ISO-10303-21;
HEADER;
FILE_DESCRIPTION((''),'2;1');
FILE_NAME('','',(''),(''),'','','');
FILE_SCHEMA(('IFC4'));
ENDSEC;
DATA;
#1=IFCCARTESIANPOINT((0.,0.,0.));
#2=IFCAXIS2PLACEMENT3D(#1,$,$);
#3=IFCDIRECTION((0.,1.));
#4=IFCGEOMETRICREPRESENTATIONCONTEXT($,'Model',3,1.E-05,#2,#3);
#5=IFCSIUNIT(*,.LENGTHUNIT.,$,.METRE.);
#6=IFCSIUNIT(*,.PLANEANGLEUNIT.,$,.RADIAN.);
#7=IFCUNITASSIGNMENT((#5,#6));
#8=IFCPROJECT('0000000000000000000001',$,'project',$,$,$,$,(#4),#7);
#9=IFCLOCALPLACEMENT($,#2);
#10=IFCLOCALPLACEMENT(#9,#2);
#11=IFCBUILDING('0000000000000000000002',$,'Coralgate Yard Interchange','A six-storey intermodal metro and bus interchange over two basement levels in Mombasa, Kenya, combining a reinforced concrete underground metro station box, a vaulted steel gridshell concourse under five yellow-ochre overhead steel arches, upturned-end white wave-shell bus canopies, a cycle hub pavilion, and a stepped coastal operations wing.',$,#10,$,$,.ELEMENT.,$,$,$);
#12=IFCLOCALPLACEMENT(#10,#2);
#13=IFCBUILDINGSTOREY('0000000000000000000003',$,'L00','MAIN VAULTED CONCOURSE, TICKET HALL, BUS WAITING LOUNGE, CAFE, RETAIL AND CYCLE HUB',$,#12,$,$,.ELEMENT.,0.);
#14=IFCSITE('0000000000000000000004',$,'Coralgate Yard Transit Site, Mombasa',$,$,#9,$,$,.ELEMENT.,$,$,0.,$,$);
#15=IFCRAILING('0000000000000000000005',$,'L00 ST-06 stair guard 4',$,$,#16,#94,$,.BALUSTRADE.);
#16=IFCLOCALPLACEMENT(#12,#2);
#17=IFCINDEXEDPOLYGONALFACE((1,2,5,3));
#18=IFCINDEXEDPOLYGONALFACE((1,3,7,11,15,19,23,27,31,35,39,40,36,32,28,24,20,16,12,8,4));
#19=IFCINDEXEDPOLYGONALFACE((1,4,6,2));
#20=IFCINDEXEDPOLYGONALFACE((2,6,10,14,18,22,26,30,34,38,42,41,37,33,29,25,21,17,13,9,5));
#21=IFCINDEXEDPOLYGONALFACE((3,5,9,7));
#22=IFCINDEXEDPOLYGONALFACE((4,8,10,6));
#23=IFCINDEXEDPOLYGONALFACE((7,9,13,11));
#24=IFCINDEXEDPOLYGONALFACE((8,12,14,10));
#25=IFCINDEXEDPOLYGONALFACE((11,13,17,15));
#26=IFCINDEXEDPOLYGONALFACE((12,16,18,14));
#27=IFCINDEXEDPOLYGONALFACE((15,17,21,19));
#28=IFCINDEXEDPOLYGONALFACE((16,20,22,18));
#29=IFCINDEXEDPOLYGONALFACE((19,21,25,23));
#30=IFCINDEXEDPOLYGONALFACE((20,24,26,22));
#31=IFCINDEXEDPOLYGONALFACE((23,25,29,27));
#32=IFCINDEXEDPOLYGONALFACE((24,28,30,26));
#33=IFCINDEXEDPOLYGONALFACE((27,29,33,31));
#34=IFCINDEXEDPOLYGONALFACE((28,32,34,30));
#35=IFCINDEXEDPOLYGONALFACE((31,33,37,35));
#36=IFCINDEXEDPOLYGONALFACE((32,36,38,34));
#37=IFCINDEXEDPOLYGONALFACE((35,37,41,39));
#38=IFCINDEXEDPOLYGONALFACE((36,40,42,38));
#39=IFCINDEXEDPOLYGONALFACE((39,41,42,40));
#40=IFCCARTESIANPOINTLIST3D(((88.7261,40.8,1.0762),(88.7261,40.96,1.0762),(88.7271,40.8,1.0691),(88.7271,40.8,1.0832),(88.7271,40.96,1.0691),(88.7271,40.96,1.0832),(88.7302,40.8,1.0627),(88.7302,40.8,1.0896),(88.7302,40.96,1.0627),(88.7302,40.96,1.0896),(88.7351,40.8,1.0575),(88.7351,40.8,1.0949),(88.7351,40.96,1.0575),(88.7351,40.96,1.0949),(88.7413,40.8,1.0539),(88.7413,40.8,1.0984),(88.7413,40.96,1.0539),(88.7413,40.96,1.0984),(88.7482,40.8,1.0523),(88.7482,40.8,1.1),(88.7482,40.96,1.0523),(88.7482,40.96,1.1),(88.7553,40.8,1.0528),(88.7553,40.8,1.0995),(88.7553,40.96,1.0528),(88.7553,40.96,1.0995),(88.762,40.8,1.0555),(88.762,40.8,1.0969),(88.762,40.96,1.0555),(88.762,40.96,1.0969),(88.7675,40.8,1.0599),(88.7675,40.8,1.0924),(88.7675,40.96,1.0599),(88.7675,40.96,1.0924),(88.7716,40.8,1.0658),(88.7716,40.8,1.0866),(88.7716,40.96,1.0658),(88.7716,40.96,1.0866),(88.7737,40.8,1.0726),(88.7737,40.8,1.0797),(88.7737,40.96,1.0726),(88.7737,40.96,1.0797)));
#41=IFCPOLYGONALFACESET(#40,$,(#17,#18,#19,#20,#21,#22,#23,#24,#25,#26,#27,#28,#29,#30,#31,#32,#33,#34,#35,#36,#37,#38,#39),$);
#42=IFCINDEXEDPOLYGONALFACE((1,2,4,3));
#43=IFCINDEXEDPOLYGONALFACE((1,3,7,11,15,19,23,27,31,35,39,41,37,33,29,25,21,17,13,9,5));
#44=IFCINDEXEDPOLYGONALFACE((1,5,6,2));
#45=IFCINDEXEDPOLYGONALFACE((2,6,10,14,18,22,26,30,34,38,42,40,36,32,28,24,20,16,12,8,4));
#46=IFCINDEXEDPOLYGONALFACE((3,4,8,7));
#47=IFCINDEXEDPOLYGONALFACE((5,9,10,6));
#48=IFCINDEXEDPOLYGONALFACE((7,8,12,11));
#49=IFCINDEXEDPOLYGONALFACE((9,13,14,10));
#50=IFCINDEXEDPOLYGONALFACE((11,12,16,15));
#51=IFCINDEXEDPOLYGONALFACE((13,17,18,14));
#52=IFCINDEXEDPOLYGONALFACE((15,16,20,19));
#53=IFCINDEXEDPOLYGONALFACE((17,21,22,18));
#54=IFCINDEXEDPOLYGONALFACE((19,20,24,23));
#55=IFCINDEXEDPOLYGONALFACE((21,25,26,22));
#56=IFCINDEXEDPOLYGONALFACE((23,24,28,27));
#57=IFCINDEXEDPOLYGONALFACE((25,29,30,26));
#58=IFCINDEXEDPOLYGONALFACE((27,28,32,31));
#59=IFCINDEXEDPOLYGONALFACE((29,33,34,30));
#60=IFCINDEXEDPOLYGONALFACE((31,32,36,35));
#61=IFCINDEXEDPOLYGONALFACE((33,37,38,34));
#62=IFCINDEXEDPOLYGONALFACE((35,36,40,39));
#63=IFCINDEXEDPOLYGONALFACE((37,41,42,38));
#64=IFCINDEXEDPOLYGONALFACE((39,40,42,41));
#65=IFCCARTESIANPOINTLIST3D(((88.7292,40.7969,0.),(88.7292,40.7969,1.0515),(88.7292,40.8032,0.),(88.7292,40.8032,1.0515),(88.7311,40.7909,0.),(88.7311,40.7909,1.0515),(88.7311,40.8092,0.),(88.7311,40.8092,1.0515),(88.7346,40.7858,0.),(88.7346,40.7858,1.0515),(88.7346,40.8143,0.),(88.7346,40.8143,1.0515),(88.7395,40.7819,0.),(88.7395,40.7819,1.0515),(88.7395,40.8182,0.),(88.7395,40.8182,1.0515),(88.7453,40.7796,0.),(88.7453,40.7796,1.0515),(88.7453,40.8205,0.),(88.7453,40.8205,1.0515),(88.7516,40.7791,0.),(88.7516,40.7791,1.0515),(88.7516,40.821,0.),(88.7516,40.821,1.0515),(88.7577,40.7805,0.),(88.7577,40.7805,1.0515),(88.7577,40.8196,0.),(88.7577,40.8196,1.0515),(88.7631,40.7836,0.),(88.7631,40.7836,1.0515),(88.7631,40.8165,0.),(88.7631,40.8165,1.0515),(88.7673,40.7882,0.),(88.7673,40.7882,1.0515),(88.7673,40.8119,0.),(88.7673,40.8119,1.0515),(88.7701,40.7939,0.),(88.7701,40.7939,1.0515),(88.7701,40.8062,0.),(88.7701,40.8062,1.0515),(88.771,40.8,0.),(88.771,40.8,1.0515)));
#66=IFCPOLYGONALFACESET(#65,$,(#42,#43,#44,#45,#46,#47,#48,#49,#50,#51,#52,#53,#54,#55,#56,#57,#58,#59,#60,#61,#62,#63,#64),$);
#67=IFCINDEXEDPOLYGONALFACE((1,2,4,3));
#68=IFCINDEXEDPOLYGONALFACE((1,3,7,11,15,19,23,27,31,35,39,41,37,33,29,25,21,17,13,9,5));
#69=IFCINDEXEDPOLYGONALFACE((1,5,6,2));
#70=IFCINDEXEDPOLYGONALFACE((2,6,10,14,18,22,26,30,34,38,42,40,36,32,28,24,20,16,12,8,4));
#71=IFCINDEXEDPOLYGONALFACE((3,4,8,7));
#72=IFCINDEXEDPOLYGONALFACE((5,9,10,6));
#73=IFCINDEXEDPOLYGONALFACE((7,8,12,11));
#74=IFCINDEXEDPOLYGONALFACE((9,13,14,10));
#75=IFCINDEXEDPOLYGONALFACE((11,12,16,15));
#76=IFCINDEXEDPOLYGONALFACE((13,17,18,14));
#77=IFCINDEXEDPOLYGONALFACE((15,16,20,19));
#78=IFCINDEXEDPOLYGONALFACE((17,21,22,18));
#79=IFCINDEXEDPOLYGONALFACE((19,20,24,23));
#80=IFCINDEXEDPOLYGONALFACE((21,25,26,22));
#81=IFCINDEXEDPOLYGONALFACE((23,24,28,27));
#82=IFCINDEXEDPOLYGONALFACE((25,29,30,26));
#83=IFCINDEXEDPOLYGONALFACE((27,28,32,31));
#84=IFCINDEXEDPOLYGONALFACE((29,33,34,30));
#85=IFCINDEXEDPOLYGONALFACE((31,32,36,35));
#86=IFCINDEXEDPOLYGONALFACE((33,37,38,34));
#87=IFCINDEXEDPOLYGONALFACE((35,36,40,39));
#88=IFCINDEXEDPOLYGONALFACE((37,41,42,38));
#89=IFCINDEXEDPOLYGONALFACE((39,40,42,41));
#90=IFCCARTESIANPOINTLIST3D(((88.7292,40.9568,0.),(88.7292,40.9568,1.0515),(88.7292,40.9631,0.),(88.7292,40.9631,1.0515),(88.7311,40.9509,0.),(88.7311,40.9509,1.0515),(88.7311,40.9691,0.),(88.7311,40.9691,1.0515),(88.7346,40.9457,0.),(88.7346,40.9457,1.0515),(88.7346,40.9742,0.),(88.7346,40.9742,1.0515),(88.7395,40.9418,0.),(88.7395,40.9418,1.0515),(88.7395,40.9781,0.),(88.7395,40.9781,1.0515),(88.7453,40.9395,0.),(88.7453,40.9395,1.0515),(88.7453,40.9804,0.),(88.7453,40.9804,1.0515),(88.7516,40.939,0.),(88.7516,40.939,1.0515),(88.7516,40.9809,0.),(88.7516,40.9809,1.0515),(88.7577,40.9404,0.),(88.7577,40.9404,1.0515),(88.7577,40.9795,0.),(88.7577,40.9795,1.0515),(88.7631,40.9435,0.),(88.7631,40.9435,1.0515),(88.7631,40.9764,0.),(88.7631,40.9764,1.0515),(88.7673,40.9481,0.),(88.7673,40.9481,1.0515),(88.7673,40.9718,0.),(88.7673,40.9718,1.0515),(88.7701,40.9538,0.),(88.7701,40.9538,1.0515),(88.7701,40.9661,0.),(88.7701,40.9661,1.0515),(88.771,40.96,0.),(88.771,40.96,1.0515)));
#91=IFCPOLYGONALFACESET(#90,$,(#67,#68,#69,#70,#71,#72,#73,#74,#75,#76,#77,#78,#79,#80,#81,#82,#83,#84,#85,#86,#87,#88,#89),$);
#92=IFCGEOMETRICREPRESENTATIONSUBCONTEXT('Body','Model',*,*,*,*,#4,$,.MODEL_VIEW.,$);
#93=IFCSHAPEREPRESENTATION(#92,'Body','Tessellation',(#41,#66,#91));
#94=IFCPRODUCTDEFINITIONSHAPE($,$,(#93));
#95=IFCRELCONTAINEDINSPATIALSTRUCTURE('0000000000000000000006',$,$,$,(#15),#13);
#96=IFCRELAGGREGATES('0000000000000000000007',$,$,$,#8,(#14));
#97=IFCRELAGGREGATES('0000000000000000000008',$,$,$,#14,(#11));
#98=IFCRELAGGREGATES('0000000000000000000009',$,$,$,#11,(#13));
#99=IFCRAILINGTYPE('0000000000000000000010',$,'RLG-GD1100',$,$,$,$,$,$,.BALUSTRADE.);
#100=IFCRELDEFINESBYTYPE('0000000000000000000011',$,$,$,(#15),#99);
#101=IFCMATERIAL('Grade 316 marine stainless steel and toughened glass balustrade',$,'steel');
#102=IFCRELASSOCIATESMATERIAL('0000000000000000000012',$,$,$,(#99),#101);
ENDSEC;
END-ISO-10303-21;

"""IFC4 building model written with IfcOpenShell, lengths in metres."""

from ifc_helpers import new_model, si_unit, direction, frame, origin, origin_2d, place, context, subcontext, project, spatial, circle, extrude, material, type_object, element, save


model = new_model("IFC4")

# Units and contexts
model_context = context("Model", 3, precision=1e-05, world=origin(), true_north=direction((0.0, 1.0)))
body_context = subcontext(model_context, "Body", "Model", "MODEL_VIEW")
ifc_project = project(units=[si_unit("LENGTHUNIT", "METRE"), si_unit("PLANEANGLEUNIT", "RADIAN")], contexts=[model_context])

# Site, building, storey
site_placement = place(None, origin())
site = spatial("IfcSite", under=ifc_project, at=site_placement, Name="Coralgate Yard Transit Site, Mombasa", CompositionType="ELEMENT", RefElevation=0.0)
building_placement = place(site_placement, origin())
building = spatial("IfcBuilding", under=site, at=building_placement, Name="Coralgate Yard Interchange", Description="A six-storey intermodal metro and bus interchange over two basement levels in Mombasa, Kenya, combining a reinforced concrete underground metro station box, a vaulted steel gridshell concourse under five yellow-ochre overhead steel arches, upturned-end white wave-shell bus canopies, a cycle hub pavilion, and a stepped coastal operations wing.", CompositionType="ELEMENT")
storey_placement = place(building_placement, origin())
storey = spatial("IfcBuildingStorey", under=building, at=storey_placement, Name="L00", Description="MAIN VAULTED CONCOURSE, TICKET HALL, BUS WAITING LOUNGE, CAFE, RETAIL AND CYCLE HUB", CompositionType="ELEMENT", Elevation=0.0)

# Railing
ifc_material_1 = material(Name="Grade 316 marine stainless steel and toughened glass balustrade", Category="steel")
railing_type_1 = type_object("IfcRailingType", Name="RLG-GD1100", PredefinedType="BALUSTRADE", material=ifc_material_1)
railing_1_placement = place(storey_placement, frame((88.75, 40.8, 0.0)))
element("IfcRailing", 1, at=railing_1_placement, inside=storey, type_object=railing_type_1, Name="L00 ST-06 stair guard 4", PredefinedType="BALUSTRADE", context=body_context, shape_type="SweptSolid", body=[
    extrude(circle(Radius=0.0239, at=origin_2d()), frame((0.0, 0.0, 1.0762), z_axis=(0.0, 1.0, 0.0), x_axis=(-1.0, 0.0, 0.0)), (0.0, 0.0, 1.0), 0.1599),
    extrude(circle(Radius=0.021, at=origin_2d()), origin(), (0.0, 0.0, 1.0), 1.0515),
    extrude(circle(Radius=0.021, at=origin_2d()), frame((0.0, 0.1599, 0.0)), (0.0, 0.0, 1.0), 1.0515),
])

save(model, "model.ifc")
